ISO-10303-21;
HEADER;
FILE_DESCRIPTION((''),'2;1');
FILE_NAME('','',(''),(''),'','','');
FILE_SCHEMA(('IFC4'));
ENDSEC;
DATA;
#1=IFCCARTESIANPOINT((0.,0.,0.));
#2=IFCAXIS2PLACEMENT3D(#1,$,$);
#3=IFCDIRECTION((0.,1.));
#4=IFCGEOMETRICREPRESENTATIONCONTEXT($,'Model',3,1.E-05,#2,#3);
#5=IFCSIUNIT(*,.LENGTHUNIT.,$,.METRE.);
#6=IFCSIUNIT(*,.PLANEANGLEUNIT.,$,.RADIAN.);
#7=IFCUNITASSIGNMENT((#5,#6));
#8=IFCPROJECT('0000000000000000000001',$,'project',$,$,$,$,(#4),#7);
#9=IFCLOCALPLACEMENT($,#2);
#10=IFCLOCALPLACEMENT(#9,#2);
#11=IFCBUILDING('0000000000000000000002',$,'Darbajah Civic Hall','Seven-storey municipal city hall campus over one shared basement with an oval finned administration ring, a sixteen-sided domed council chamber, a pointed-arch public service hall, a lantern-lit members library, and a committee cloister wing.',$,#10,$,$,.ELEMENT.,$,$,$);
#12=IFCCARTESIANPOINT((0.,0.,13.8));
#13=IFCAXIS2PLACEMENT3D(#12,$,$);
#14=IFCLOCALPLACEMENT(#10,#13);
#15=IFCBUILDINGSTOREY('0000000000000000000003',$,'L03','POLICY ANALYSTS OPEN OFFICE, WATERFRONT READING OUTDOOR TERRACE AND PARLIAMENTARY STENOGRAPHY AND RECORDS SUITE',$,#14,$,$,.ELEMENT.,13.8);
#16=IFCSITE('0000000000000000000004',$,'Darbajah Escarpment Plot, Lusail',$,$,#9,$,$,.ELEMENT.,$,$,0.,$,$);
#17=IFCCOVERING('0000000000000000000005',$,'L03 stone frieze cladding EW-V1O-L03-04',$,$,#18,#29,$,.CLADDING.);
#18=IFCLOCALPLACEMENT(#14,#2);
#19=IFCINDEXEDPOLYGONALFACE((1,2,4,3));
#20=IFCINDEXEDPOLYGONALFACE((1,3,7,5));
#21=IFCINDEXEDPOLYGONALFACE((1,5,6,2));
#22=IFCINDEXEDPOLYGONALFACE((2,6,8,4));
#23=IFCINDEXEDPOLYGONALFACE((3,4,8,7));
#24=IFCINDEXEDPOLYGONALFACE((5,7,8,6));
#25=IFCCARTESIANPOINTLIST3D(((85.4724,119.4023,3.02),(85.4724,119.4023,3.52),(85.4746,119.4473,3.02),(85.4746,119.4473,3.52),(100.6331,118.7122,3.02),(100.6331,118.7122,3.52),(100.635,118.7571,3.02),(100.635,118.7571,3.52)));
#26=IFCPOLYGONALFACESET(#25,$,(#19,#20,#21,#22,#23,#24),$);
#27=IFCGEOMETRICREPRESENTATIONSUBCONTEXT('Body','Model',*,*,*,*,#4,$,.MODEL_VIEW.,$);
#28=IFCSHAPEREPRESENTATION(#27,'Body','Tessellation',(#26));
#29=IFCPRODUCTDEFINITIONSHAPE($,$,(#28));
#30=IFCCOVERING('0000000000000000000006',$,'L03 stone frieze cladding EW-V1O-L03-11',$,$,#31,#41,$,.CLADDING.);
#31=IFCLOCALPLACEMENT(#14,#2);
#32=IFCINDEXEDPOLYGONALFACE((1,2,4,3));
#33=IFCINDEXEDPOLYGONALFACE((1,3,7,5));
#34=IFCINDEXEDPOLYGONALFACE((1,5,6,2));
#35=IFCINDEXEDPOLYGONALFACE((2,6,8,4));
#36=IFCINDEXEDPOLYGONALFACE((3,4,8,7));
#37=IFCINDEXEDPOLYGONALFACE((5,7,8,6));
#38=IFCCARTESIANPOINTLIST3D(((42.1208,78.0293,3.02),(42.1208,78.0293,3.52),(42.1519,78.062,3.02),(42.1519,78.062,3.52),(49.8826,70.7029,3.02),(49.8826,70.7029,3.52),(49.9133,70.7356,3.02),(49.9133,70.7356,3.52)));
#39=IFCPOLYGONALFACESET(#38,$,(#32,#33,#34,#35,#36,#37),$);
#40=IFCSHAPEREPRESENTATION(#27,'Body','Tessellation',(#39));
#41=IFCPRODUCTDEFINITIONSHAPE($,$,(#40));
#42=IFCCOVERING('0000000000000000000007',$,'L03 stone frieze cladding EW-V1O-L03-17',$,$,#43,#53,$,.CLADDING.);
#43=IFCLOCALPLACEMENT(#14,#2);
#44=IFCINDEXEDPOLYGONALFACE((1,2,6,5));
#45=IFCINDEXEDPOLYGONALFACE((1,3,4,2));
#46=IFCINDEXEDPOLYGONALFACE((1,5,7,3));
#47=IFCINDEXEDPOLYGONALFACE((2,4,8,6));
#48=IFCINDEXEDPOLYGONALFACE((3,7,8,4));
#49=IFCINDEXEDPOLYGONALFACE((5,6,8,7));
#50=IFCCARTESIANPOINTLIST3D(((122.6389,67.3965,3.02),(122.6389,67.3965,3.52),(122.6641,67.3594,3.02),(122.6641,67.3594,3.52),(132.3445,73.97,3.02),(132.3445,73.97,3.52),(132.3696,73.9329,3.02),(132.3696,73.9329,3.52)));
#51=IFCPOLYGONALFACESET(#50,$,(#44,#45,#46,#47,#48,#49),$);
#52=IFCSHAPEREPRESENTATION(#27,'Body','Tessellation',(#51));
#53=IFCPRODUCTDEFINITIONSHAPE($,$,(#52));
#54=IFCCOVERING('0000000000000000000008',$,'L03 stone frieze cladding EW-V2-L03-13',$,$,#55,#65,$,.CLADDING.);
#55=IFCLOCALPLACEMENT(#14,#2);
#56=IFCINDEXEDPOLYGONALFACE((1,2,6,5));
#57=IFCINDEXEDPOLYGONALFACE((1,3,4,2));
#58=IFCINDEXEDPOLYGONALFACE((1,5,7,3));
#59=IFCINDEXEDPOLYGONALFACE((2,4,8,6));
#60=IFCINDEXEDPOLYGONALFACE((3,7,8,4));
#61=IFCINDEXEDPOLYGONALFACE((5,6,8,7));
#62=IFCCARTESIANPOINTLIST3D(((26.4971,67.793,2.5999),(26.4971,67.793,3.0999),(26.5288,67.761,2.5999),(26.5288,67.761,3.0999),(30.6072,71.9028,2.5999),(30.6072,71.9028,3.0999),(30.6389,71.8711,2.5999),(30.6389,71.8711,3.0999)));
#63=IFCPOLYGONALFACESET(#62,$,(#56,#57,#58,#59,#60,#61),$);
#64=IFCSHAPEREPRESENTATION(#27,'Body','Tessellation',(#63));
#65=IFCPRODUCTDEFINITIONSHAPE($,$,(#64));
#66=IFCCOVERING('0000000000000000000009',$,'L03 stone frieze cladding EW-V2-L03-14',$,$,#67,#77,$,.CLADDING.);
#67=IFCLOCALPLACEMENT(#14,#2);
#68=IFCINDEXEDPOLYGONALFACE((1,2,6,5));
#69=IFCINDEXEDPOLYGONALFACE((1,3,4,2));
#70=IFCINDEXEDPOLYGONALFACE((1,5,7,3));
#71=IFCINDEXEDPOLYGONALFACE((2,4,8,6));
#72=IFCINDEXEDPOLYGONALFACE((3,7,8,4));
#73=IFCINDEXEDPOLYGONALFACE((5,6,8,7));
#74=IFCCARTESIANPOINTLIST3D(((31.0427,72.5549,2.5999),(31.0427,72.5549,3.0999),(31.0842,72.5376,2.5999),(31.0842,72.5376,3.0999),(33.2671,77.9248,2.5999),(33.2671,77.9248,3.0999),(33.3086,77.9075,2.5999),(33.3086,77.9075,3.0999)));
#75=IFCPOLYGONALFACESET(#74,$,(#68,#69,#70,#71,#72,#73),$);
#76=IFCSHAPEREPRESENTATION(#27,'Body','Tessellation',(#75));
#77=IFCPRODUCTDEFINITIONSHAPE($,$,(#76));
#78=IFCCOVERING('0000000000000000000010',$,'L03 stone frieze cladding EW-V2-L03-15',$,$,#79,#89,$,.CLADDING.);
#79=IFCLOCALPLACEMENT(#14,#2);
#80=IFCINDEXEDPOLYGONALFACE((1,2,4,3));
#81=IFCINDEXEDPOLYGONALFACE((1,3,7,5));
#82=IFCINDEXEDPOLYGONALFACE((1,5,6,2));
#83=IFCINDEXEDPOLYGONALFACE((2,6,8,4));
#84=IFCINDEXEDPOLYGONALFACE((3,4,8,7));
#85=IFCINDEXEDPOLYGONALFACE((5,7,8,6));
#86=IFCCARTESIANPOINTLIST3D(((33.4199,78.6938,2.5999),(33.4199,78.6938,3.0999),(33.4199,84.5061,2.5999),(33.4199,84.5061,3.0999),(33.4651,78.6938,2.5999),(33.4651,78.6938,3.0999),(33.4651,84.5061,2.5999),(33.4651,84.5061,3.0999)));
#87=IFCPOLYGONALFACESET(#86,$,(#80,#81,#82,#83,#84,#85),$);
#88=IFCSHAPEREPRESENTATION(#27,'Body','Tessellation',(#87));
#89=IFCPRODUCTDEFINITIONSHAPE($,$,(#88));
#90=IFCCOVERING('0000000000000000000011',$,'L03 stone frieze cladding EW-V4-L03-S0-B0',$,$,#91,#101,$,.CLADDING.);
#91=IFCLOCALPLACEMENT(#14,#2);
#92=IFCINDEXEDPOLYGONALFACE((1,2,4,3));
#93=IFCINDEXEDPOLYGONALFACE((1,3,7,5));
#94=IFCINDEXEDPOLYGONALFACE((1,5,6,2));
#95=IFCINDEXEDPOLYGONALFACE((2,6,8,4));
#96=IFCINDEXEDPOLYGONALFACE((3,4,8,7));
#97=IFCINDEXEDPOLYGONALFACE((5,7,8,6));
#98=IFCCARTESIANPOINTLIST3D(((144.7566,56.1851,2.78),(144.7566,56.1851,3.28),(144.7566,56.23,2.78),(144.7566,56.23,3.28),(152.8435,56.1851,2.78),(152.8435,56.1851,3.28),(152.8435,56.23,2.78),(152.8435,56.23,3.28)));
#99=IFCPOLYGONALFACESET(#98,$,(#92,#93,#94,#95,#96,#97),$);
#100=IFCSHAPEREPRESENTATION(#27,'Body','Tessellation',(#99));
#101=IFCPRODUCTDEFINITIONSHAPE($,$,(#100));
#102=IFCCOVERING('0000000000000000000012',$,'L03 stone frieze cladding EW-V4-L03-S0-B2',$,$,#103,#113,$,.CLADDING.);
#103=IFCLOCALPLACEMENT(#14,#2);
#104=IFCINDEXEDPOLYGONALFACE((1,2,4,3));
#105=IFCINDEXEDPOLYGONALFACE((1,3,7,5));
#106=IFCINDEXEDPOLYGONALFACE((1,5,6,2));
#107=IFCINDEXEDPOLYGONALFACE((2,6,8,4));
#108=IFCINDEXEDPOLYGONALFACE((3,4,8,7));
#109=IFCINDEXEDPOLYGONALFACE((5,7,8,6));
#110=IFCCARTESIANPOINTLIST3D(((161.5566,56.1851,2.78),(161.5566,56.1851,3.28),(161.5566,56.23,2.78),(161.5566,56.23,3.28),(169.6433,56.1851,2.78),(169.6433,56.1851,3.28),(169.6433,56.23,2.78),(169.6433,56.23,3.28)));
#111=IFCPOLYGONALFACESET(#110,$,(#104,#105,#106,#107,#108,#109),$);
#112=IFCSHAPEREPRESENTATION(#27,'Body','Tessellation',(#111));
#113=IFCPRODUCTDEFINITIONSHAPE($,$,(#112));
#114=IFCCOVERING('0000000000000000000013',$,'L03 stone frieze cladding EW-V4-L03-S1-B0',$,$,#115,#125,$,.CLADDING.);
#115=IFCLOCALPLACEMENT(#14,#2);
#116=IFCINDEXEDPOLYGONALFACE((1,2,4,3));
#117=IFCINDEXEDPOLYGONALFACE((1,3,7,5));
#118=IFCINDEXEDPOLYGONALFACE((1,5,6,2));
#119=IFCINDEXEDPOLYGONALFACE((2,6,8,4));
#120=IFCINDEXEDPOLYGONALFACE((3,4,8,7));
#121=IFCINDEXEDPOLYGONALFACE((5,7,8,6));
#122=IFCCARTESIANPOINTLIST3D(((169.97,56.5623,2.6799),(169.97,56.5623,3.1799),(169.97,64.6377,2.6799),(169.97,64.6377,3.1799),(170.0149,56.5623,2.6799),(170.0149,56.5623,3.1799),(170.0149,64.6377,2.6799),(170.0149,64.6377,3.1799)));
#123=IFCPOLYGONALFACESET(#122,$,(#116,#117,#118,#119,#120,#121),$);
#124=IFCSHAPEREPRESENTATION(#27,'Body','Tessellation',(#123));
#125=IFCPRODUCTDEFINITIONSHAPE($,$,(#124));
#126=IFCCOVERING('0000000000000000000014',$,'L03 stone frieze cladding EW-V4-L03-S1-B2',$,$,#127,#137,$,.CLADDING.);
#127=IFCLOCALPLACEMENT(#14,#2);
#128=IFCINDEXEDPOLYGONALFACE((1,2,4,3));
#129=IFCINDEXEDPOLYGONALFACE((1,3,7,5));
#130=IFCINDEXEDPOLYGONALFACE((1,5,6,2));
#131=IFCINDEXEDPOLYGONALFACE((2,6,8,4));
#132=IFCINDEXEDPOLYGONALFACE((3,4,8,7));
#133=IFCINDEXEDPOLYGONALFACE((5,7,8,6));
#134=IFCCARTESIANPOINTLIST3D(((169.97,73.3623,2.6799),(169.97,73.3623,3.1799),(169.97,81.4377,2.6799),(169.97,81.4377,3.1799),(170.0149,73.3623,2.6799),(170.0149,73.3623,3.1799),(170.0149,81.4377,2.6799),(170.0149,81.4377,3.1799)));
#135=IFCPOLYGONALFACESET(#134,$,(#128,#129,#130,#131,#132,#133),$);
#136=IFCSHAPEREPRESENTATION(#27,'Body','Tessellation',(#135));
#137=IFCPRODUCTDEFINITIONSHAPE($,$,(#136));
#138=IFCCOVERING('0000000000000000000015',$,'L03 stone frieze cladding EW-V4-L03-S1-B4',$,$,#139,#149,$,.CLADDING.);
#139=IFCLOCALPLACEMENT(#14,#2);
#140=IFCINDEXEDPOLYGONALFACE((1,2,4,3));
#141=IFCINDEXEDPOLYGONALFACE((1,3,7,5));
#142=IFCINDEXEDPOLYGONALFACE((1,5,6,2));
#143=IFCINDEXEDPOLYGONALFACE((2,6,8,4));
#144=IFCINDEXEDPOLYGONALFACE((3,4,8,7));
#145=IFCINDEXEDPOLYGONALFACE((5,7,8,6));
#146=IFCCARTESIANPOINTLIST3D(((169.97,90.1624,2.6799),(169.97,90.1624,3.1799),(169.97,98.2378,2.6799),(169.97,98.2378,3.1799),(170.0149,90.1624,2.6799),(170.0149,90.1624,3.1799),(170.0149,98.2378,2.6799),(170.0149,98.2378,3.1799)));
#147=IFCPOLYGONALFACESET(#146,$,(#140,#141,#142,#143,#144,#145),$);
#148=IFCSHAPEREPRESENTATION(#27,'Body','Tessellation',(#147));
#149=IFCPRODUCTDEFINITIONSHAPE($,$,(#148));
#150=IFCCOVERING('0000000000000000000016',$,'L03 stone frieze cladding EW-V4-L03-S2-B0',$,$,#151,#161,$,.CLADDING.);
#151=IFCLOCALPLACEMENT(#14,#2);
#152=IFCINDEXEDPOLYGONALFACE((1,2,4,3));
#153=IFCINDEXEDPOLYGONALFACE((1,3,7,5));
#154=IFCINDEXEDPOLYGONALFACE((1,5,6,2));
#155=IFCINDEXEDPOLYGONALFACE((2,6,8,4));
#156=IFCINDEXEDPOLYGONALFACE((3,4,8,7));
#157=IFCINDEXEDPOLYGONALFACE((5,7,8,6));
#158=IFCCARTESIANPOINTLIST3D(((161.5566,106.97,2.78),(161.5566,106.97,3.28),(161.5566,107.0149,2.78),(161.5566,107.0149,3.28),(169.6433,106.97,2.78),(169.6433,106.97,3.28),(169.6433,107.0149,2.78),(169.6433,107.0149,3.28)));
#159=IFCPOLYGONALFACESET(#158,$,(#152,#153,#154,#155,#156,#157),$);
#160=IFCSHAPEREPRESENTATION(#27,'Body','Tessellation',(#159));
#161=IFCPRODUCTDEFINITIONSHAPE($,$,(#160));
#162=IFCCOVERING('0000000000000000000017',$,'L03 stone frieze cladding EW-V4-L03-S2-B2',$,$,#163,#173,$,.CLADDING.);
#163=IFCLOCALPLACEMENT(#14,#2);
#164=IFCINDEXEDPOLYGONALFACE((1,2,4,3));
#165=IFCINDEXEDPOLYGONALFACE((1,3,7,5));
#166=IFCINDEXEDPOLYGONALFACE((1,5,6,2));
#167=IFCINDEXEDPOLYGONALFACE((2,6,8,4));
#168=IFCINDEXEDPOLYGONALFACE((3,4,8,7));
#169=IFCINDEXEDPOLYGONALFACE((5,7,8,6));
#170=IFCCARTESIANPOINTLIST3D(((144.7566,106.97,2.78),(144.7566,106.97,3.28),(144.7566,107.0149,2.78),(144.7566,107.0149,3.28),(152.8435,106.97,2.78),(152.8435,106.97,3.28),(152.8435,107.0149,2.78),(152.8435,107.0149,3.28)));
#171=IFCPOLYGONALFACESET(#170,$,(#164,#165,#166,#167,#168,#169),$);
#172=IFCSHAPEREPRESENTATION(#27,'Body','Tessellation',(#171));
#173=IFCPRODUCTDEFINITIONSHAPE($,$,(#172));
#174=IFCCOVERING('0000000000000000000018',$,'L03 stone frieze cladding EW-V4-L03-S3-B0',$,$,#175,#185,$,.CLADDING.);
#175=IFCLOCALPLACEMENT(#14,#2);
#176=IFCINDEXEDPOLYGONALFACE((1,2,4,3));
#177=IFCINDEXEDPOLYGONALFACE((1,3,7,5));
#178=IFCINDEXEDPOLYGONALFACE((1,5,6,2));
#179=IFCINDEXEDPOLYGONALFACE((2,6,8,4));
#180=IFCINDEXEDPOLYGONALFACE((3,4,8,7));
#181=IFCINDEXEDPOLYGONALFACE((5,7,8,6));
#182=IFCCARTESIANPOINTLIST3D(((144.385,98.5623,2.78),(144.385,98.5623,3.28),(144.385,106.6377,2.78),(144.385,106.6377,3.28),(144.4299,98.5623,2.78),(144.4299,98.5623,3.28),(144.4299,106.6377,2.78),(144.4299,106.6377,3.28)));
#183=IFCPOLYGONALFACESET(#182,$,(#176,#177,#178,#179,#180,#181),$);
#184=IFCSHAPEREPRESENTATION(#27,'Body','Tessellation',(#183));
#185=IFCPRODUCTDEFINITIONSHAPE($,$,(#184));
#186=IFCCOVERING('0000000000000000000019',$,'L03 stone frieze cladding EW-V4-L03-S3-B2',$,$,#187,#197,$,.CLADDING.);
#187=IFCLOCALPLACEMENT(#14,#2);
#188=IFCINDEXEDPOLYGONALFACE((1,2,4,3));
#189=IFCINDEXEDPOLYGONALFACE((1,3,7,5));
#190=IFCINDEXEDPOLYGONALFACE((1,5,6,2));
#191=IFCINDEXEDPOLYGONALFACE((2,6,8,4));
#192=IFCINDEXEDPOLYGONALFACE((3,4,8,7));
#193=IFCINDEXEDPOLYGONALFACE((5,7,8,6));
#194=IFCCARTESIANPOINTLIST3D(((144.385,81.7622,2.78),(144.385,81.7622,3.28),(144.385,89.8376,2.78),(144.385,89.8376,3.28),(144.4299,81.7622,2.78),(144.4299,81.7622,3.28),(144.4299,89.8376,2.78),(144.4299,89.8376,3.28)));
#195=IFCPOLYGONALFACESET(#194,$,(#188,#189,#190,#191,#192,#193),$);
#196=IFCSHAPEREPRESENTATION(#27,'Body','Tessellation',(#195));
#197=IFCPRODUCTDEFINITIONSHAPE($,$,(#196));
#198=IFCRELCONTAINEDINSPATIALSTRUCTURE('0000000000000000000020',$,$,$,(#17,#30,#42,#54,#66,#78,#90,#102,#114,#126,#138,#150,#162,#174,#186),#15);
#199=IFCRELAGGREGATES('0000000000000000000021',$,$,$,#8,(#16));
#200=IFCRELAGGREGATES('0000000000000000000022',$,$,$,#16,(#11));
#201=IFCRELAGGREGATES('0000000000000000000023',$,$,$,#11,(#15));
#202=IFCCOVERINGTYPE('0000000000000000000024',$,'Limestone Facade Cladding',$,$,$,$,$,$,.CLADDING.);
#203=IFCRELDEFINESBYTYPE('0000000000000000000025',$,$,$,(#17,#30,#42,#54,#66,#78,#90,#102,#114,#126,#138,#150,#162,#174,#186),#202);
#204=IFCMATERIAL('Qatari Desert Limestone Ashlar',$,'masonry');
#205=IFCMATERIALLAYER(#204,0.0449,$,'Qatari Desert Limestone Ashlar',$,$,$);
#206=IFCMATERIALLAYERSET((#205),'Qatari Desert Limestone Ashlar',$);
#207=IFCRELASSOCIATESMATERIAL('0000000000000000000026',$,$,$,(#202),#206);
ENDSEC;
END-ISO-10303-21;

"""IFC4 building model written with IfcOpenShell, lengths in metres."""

from ifc_helpers import new_model, si_unit, direction, frame, origin, place, context, subcontext, project, spatial, polyline, outline, extrude, material, layer, layer_set, type_object, element, save


model = new_model("IFC4")

# Units and contexts
model_context = context("Model", 3, precision=1e-05, world=origin(), true_north=direction((0.0, 1.0)))
body_context = subcontext(model_context, "Body", "Model", "MODEL_VIEW")
ifc_project = project(units=[si_unit("LENGTHUNIT", "METRE"), si_unit("PLANEANGLEUNIT", "RADIAN")], contexts=[model_context])

# Site, building, storey
site_placement = place(None, origin())
site = spatial("IfcSite", under=ifc_project, at=site_placement, Name="Darbajah Escarpment Plot, Lusail", CompositionType="ELEMENT", RefElevation=0.0)
building_placement = place(site_placement, origin())
building = spatial("IfcBuilding", under=site, at=building_placement, Name="Darbajah Civic Hall", Description="Seven-storey municipal city hall campus over one shared basement with an oval finned administration ring, a sixteen-sided domed council chamber, a pointed-arch public service hall, a lantern-lit members library, and a committee cloister wing.", CompositionType="ELEMENT")
storey_placement = place(building_placement, frame((0.0, 0.0, 13.8)))
storey = spatial("IfcBuildingStorey", under=building, at=storey_placement, Name="L03", Description="POLICY ANALYSTS OPEN OFFICE, WATERFRONT READING OUTDOOR TERRACE AND PARLIAMENTARY STENOGRAPHY AND RECORDS SUITE", CompositionType="ELEMENT", Elevation=13.8)

# Coverings
ifc_material = material(Name="Qatari Desert Limestone Ashlar", Category="masonry")
ifc_layer = layer(ifc_material, 0.0449, Name="Qatari Desert Limestone Ashlar")
ifc_layer_set = layer_set([ifc_layer], Name="Qatari Desert Limestone Ashlar")
covering_type = type_object("IfcCoveringType", Name="Limestone Facade Cladding", PredefinedType="CLADDING", material=ifc_layer_set)
covering_1_placement = place(storey_placement, frame((0.0, 0.0, 3.02)))
element("IfcCovering", 1, at=covering_1_placement, inside=storey, type_object=covering_type, Name="L03 stone frieze cladding EW-V1O-L03-04", PredefinedType="CLADDING", context=body_context, shape_type="SweptSolid", body=[
    extrude(outline(polyline([(100.6331, 118.7122), (85.4724, 119.4023), (85.4746, 119.4473), (100.635, 118.7571), (100.6331, 118.7122)])), origin(), (0.0, 0.0, 1.0), 0.5),
])
covering_2_placement = place(storey_placement, frame((0.0, 0.0, 3.02)))
element("IfcCovering", 2, at=covering_2_placement, inside=storey, type_object=covering_type, Name="L03 stone frieze cladding EW-V1O-L03-11", PredefinedType="CLADDING", context=body_context, shape_type="SweptSolid", body=[
    extrude(outline(polyline([(42.1519, 78.062), (49.9133, 70.7356), (49.8826, 70.7029), (42.1208, 78.0293), (42.1519, 78.062)])), origin(), (0.0, 0.0, 1.0), 0.5),
])
covering_3_placement = place(storey_placement, frame((0.0, 0.0, 3.02)))
element("IfcCovering", 3, at=covering_3_placement, inside=storey, type_object=covering_type, Name="L03 stone frieze cladding EW-V1O-L03-17", PredefinedType="CLADDING", context=body_context, shape_type="SweptSolid", body=[
    extrude(outline(polyline([(122.6389, 67.3965), (132.3445, 73.97), (132.3696, 73.9329), (122.6641, 67.3594), (122.6389, 67.3965)])), origin(), (0.0, 0.0, 1.0), 0.5),
])
covering_4_placement = place(storey_placement, frame((0.0, 0.0, 2.5999)))
element("IfcCovering", 4, at=covering_4_placement, inside=storey, type_object=covering_type, Name="L03 stone frieze cladding EW-V2-L03-13", PredefinedType="CLADDING", context=body_context, shape_type="SweptSolid", body=[
    extrude(outline(polyline([(26.4971, 67.793), (30.6072, 71.9028), (30.6389, 71.8711), (26.5288, 67.761), (26.4971, 67.793)])), origin(), (0.0, 0.0, 1.0), 0.5),
])
covering_5_placement = place(storey_placement, frame((0.0, 0.0, 2.5999)))
element("IfcCovering", 5, at=covering_5_placement, inside=storey, type_object=covering_type, Name="L03 stone frieze cladding EW-V2-L03-14", PredefinedType="CLADDING", context=body_context, shape_type="SweptSolid", body=[
    extrude(outline(polyline([(31.0427, 72.5549), (33.2671, 77.9248), (33.3086, 77.9075), (31.0842, 72.5376), (31.0427, 72.5549)])), origin(), (0.0, 0.0, 1.0), 0.5),
])
covering_6_placement = place(storey_placement, frame((0.0, 0.0, 2.5999)))
element("IfcCovering", 6, at=covering_6_placement, inside=storey, type_object=covering_type, Name="L03 stone frieze cladding EW-V2-L03-15", PredefinedType="CLADDING", context=body_context, shape_type="SweptSolid", body=[
    extrude(outline(polyline([(33.4199, 78.6938), (33.4199, 84.5061), (33.4651, 84.5061), (33.4651, 78.6938), (33.4199, 78.6938)])), origin(), (0.0, 0.0, 1.0), 0.5),
])
covering_7_placement = place(storey_placement, frame((0.0, 0.0, 2.78)))
element("IfcCovering", 7, at=covering_7_placement, inside=storey, type_object=covering_type, Name="L03 stone frieze cladding EW-V4-L03-S0-B0", PredefinedType="CLADDING", context=body_context, shape_type="SweptSolid", body=[
    extrude(outline(polyline([(144.7566, 56.23), (152.8435, 56.23), (152.8435, 56.1851), (144.7566, 56.1851), (144.7566, 56.23)])), origin(), (0.0, 0.0, 1.0), 0.5),
])
covering_8_placement = place(storey_placement, frame((0.0, 0.0, 2.78)))
element("IfcCovering", 8, at=covering_8_placement, inside=storey, type_object=covering_type, Name="L03 stone frieze cladding EW-V4-L03-S0-B2", PredefinedType="CLADDING", context=body_context, shape_type="SweptSolid", body=[
    extrude(outline(polyline([(161.5566, 56.23), (169.6433, 56.23), (169.6433, 56.1851), (161.5566, 56.1851), (161.5566, 56.23)])), origin(), (0.0, 0.0, 1.0), 0.5),
])
covering_9_placement = place(storey_placement, frame((0.0, 0.0, 2.6799)))
element("IfcCovering", 9, at=covering_9_placement, inside=storey, type_object=covering_type, Name="L03 stone frieze cladding EW-V4-L03-S1-B0", PredefinedType="CLADDING", context=body_context, shape_type="SweptSolid", body=[
    extrude(outline(polyline([(169.97, 56.5623), (169.97, 64.6377), (170.0149, 64.6377), (170.0149, 56.5623), (169.97, 56.5623)])), origin(), (0.0, 0.0, 1.0), 0.5),
])
covering_10_placement = place(storey_placement, frame((0.0, 0.0, 2.6799)))
element("IfcCovering", 10, at=covering_10_placement, inside=storey, type_object=covering_type, Name="L03 stone frieze cladding EW-V4-L03-S1-B2", PredefinedType="CLADDING", context=body_context, shape_type="SweptSolid", body=[
    extrude(outline(polyline([(169.97, 73.3623), (169.97, 81.4377), (170.0149, 81.4377), (170.0149, 73.3623), (169.97, 73.3623)])), origin(), (0.0, 0.0, 1.0), 0.5),
])
covering_11_placement = place(storey_placement, frame((0.0, 0.0, 2.6799)))
element("IfcCovering", 11, at=covering_11_placement, inside=storey, type_object=covering_type, Name="L03 stone frieze cladding EW-V4-L03-S1-B4", PredefinedType="CLADDING", context=body_context, shape_type="SweptSolid", body=[
    extrude(outline(polyline([(169.97, 90.1624), (169.97, 98.2378), (170.0149, 98.2378), (170.0149, 90.1624), (169.97, 90.1624)])), origin(), (0.0, 0.0, 1.0), 0.5),
])
covering_12_placement = place(storey_placement, frame((0.0, 0.0, 2.78)))
element("IfcCovering", 12, at=covering_12_placement, inside=storey, type_object=covering_type, Name="L03 stone frieze cladding EW-V4-L03-S2-B0", PredefinedType="CLADDING", context=body_context, shape_type="SweptSolid", body=[
    extrude(outline(polyline([(169.6433, 106.97), (161.5566, 106.97), (161.5566, 107.0149), (169.6433, 107.0149), (169.6433, 106.97)])), origin(), (0.0, 0.0, 1.0), 0.5),
])
covering_13_placement = place(storey_placement, frame((0.0, 0.0, 2.78)))
element("IfcCovering", 13, at=covering_13_placement, inside=storey, type_object=covering_type, Name="L03 stone frieze cladding EW-V4-L03-S2-B2", PredefinedType="CLADDING", context=body_context, shape_type="SweptSolid", body=[
    extrude(outline(polyline([(152.8435, 106.97), (144.7566, 106.97), (144.7566, 107.0149), (152.8435, 107.0149), (152.8435, 106.97)])), origin(), (0.0, 0.0, 1.0), 0.5),
])
covering_14_placement = place(storey_placement, frame((0.0, 0.0, 2.78)))
element("IfcCovering", 14, at=covering_14_placement, inside=storey, type_object=covering_type, Name="L03 stone frieze cladding EW-V4-L03-S3-B0", PredefinedType="CLADDING", context=body_context, shape_type="SweptSolid", body=[
    extrude(outline(polyline([(144.4299, 106.6377), (144.4299, 98.5623), (144.385, 98.5623), (144.385, 106.6377), (144.4299, 106.6377)])), origin(), (0.0, 0.0, 1.0), 0.5),
])
covering_15_placement = place(storey_placement, frame((0.0, 0.0, 2.78)))
element("IfcCovering", 15, at=covering_15_placement, inside=storey, type_object=covering_type, Name="L03 stone frieze cladding EW-V4-L03-S3-B2", PredefinedType="CLADDING", context=body_context, shape_type="SweptSolid", body=[
    extrude(outline(polyline([(144.4299, 89.8376), (144.4299, 81.7622), (144.385, 81.7622), (144.385, 89.8376), (144.4299, 89.8376)])), origin(), (0.0, 0.0, 1.0), 0.5),
])

save(model, "model.ifc")
